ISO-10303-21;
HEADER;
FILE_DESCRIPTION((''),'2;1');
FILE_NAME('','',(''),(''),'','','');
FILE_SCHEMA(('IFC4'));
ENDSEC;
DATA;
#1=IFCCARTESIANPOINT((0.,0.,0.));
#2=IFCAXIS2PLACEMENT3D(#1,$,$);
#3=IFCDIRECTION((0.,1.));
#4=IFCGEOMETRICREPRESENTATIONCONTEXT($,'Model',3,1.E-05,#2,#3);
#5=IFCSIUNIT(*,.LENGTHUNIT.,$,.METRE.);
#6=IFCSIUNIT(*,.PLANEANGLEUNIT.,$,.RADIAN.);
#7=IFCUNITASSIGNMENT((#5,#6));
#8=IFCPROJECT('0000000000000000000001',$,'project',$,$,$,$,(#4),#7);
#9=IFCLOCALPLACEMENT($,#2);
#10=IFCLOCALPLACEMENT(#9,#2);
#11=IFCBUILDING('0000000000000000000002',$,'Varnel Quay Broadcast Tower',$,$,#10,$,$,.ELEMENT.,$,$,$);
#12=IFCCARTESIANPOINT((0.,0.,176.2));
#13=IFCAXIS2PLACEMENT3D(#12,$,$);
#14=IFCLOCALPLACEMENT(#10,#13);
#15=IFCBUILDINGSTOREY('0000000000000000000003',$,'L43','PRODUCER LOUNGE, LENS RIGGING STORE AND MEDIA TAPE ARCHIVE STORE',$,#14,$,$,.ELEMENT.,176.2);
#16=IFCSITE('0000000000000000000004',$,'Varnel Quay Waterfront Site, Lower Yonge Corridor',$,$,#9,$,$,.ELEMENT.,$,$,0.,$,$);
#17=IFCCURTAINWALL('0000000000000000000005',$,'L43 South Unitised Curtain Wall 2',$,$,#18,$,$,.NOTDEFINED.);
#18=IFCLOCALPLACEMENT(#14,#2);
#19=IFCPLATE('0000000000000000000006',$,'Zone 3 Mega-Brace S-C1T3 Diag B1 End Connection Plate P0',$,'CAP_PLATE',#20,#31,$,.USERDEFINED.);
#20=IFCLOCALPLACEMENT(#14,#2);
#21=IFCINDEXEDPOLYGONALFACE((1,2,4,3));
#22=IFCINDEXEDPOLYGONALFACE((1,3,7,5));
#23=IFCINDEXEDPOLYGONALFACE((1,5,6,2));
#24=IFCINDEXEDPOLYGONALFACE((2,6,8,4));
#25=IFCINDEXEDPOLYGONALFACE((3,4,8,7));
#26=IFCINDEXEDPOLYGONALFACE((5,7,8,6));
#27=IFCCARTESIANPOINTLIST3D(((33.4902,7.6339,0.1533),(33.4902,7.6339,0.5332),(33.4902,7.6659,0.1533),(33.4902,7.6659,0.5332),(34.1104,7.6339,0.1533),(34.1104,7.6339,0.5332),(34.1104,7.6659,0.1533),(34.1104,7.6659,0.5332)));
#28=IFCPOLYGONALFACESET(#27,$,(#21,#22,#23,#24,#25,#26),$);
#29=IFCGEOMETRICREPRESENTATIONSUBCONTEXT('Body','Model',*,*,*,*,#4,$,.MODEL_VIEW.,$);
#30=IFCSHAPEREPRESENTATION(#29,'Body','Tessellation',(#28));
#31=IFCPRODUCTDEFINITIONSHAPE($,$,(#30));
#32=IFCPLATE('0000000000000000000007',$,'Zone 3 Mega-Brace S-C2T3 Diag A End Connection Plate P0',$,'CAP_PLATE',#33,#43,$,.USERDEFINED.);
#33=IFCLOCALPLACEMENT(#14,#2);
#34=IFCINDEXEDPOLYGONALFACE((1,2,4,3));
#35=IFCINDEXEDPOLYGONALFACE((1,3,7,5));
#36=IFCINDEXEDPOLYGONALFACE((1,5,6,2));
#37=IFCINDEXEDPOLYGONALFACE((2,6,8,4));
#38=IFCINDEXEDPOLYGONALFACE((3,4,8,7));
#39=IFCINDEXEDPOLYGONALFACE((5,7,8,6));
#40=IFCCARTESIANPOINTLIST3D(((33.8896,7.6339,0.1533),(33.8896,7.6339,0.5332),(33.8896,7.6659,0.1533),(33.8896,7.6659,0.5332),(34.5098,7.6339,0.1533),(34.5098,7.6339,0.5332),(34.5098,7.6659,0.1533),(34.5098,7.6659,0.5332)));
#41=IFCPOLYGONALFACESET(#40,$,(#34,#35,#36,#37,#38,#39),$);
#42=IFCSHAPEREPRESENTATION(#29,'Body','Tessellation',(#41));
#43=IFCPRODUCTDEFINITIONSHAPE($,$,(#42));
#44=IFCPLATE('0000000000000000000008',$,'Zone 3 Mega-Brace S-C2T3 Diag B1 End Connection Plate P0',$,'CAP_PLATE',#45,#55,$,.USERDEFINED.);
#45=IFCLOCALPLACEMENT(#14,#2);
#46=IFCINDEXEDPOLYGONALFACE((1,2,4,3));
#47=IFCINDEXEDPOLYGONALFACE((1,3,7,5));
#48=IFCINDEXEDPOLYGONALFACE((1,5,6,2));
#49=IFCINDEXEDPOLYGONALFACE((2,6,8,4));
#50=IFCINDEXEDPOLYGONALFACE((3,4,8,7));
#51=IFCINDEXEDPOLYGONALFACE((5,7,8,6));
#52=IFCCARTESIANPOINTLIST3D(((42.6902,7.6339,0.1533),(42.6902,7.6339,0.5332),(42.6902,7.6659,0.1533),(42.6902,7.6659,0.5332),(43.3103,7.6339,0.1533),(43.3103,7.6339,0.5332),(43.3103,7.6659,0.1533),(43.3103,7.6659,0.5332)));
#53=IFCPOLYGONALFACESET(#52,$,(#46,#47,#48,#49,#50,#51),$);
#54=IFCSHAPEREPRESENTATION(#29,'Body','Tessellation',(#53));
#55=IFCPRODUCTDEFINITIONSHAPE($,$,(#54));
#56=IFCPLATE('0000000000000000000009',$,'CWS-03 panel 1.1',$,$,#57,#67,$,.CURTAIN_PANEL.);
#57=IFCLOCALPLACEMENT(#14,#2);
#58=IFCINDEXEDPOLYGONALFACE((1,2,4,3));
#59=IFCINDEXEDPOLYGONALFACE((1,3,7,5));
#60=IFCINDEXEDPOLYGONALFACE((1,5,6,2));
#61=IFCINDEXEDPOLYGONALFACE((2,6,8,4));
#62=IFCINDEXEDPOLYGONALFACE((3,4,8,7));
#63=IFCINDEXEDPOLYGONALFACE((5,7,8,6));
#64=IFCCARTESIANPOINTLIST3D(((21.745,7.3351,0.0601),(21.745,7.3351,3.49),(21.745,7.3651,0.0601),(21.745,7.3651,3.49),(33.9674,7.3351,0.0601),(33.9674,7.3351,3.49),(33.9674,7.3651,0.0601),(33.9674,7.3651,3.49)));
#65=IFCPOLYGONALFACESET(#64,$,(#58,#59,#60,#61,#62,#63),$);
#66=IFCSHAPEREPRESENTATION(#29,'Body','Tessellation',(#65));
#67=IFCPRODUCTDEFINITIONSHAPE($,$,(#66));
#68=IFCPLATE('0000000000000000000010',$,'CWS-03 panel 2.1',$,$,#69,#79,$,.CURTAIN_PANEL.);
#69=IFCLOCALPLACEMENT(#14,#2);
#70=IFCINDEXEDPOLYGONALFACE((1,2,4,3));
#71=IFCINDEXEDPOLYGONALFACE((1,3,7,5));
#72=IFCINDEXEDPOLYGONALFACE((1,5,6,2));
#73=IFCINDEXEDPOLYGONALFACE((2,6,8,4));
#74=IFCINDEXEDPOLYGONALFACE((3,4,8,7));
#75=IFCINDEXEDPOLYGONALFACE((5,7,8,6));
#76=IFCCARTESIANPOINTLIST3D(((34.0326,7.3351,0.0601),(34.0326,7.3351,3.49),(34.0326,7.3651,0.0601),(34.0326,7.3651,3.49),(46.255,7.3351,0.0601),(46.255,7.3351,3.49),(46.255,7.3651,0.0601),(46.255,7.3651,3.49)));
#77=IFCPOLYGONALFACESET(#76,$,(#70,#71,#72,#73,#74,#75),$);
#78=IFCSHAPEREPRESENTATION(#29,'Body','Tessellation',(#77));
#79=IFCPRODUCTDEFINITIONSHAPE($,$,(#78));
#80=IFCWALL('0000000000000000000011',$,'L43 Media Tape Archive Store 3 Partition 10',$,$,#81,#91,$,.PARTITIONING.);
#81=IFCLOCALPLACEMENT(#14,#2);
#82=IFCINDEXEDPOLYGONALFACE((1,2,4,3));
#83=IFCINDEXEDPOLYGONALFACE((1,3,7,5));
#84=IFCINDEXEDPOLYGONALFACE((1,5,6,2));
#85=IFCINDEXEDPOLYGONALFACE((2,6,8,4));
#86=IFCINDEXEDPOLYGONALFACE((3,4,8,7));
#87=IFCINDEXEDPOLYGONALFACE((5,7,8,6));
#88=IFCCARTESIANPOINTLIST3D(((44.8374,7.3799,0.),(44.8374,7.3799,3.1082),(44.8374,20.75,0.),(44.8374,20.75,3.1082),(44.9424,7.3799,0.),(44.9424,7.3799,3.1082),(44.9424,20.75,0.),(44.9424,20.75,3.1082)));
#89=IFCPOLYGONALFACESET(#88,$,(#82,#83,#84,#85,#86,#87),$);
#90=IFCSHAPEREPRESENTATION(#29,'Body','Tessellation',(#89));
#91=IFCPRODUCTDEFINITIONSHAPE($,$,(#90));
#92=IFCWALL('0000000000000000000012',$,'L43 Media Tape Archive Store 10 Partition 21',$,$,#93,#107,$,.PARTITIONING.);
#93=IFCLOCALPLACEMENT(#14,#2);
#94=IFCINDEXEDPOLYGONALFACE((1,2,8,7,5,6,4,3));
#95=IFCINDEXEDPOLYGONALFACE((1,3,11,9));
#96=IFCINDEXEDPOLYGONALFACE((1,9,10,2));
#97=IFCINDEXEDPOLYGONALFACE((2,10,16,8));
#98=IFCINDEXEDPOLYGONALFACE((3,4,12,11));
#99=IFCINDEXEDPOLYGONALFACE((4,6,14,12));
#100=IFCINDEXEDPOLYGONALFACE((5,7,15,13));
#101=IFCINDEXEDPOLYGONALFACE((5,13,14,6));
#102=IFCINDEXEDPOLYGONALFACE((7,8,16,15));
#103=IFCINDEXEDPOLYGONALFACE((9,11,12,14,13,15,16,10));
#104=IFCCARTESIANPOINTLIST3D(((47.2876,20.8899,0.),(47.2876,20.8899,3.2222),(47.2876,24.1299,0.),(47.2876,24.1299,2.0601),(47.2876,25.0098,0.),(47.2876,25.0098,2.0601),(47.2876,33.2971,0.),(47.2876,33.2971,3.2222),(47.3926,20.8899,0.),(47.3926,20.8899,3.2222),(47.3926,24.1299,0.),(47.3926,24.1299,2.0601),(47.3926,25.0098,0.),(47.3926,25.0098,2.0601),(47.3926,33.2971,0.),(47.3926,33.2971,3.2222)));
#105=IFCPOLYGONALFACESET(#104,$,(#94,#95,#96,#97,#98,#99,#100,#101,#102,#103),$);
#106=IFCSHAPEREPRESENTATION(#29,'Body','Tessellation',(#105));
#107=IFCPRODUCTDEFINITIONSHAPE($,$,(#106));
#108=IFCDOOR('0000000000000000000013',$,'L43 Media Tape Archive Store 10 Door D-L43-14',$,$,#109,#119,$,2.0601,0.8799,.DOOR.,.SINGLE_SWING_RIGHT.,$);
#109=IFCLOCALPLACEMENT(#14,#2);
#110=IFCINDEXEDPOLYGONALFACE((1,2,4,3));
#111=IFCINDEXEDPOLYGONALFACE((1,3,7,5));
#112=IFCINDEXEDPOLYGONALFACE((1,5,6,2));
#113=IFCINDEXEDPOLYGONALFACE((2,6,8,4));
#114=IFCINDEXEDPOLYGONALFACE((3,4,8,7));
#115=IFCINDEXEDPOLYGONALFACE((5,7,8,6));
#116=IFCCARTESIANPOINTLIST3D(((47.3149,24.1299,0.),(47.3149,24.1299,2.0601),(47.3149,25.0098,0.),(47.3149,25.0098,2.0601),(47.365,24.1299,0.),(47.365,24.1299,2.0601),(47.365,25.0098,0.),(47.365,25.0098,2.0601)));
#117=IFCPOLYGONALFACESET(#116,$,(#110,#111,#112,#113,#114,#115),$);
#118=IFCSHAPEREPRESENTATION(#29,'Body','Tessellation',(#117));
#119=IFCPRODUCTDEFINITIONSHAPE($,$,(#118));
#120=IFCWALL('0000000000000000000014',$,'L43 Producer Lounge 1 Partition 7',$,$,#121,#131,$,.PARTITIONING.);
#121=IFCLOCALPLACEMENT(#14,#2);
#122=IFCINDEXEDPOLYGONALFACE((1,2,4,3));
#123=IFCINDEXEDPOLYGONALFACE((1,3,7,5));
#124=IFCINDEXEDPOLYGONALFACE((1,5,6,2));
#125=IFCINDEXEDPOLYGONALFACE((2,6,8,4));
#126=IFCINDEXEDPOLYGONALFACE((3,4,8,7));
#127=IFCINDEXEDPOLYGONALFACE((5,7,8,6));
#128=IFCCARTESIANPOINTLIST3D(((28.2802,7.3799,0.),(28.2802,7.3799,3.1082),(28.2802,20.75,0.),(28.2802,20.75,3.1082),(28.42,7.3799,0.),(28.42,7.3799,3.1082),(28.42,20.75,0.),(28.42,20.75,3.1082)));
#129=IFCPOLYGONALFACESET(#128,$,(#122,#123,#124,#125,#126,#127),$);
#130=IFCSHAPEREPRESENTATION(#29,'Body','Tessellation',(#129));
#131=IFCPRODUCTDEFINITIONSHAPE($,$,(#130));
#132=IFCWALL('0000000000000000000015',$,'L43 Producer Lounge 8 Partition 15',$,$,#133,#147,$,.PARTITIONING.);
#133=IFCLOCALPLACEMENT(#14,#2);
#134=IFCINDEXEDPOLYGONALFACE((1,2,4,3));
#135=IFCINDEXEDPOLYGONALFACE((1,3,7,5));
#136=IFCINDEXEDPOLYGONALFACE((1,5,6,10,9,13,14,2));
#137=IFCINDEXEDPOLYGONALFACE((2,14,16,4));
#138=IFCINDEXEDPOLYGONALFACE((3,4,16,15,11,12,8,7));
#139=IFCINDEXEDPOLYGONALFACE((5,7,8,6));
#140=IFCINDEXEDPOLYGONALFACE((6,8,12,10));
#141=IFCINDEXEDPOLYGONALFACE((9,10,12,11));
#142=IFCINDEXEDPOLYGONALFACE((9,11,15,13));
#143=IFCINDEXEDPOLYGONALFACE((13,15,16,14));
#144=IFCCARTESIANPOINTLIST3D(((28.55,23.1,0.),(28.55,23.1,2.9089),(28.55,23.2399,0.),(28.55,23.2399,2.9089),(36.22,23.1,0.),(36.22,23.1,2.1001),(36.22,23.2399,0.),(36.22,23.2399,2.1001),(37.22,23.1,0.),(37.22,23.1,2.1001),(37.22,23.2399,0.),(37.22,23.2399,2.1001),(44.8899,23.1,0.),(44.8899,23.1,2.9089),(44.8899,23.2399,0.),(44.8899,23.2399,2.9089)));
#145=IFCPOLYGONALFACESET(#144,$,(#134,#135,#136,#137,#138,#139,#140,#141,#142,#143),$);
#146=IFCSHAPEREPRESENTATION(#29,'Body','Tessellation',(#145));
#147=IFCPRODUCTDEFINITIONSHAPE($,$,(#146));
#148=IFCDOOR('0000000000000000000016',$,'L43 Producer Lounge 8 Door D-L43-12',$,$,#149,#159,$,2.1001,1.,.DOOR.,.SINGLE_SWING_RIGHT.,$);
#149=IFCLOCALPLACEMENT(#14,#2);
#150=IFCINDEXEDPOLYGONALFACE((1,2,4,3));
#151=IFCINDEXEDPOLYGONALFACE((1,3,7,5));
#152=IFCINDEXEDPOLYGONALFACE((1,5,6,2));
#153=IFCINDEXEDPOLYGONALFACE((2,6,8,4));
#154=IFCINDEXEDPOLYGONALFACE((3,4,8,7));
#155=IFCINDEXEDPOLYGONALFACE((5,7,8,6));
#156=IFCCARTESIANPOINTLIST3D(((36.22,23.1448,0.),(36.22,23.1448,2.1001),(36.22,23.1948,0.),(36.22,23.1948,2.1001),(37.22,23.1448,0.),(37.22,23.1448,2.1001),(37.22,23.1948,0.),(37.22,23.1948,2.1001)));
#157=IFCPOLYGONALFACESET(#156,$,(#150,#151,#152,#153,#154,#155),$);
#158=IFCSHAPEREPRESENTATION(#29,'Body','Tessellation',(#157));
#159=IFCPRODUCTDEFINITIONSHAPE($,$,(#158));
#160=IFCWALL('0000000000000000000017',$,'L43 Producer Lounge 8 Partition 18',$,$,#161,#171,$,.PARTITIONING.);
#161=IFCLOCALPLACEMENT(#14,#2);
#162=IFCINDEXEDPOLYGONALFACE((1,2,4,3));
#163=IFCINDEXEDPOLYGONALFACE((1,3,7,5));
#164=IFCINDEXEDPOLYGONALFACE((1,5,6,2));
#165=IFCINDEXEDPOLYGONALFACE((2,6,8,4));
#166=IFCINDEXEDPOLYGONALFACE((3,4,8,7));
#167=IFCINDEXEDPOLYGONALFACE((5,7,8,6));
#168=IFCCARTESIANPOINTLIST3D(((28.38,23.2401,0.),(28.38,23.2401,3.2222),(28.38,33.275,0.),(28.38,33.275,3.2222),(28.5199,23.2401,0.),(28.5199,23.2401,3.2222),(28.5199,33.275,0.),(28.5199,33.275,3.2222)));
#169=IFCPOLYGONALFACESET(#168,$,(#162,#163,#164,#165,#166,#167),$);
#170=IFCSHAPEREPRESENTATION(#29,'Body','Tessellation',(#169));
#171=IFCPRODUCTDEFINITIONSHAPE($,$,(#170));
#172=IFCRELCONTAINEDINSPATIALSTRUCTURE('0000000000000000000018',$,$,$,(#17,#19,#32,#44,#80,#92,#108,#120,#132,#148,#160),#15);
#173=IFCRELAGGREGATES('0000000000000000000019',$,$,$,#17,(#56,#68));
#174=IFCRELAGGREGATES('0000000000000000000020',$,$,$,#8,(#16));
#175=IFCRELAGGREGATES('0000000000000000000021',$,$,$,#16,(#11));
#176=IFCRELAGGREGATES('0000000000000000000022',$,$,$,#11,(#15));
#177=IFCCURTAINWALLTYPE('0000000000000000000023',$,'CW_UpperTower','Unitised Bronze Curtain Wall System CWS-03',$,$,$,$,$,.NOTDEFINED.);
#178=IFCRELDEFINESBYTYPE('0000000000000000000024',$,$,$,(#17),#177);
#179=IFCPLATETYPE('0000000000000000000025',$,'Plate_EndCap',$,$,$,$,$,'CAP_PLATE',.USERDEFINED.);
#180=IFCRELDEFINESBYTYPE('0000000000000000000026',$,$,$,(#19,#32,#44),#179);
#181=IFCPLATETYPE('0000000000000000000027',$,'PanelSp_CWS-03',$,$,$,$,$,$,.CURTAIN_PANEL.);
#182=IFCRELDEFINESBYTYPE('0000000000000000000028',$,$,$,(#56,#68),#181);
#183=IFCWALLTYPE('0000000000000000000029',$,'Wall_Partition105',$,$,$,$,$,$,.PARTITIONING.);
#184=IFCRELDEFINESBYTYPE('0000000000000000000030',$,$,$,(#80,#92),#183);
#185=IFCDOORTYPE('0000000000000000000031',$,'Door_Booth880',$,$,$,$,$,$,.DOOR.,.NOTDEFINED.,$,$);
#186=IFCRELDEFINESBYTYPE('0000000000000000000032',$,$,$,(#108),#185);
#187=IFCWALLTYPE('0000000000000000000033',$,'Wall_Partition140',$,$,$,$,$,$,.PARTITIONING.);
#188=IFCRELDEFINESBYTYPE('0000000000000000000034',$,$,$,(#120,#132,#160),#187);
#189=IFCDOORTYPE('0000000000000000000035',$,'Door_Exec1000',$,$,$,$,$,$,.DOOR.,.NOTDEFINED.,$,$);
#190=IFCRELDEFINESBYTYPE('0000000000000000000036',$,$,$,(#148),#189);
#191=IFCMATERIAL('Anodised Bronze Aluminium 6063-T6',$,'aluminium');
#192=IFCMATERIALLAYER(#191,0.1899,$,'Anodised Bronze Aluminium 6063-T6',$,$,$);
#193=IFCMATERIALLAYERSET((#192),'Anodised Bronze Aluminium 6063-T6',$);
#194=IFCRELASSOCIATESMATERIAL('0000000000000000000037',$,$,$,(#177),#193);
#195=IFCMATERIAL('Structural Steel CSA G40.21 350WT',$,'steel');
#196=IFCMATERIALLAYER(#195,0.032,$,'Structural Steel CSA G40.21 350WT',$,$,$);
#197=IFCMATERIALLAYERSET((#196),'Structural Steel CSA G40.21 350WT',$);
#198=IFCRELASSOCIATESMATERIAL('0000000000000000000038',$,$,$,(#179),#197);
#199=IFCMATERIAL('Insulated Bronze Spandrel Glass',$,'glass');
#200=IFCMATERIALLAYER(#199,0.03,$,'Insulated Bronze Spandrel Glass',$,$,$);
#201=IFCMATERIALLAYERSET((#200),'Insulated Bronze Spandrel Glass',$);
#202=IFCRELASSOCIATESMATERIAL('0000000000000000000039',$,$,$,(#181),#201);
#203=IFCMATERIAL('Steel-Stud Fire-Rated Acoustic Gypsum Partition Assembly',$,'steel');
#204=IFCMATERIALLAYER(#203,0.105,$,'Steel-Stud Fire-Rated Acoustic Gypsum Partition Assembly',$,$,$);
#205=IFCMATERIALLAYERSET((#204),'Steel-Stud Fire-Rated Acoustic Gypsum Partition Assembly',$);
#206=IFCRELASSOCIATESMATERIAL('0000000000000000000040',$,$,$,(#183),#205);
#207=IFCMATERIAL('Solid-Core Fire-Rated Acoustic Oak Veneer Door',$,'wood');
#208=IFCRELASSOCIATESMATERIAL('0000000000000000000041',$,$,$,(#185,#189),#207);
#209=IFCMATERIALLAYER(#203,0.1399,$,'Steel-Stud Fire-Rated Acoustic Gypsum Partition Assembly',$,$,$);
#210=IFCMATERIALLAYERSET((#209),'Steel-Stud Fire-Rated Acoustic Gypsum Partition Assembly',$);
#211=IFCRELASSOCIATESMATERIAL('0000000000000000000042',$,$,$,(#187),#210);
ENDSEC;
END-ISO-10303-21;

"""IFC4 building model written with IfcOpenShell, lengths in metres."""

from ifc_helpers import new_model, si_unit, direction, frame, frame_2d, origin, origin_2d, place, context, subcontext, project, spatial, rectangle, extrude, source, transform, mapped, material, layer, layer_set, type_object, type_shapes, element, fill, aggregate, save


model = new_model("IFC4")

# Units and contexts
model_context = context("Model", 3, precision=1e-05, world=origin(), true_north=direction((0.0, 1.0)))
body_context = subcontext(model_context, "Body", "Model", "MODEL_VIEW")
ifc_project = project(units=[si_unit("LENGTHUNIT", "METRE"), si_unit("PLANEANGLEUNIT", "RADIAN")], contexts=[model_context])

# Site, building, storey
site_placement = place(None, origin())
site = spatial("IfcSite", under=ifc_project, at=site_placement, Name="Varnel Quay Waterfront Site, Lower Yonge Corridor", CompositionType="ELEMENT", RefElevation=0.0)
building_placement = place(site_placement, origin())
building = spatial("IfcBuilding", under=site, at=building_placement, Name="Varnel Quay Broadcast Tower", CompositionType="ELEMENT")
storey_placement = place(building_placement, frame((0.0, 0.0, 176.2)))
storey = spatial("IfcBuildingStorey", under=building, at=storey_placement, Name="L43", Description="PRODUCER LOUNGE, LENS RIGGING STORE AND MEDIA TAPE ARCHIVE STORE", CompositionType="ELEMENT", Elevation=176.2)

# Shared definitions
ifc_material_1 = material(Name="Structural Steel CSA G40.21 350WT", Category="steel")

# Curtain wall
ifc_material_2 = material(Name="Anodised Bronze Aluminium 6063-T6", Category="aluminium")
ifc_layer_1 = layer(ifc_material_2, 0.1899, Name="Anodised Bronze Aluminium 6063-T6")
ifc_layer_set_1 = layer_set([ifc_layer_1], Name="Anodised Bronze Aluminium 6063-T6")
curtain_wall_type = type_object("IfcCurtainWallType", Name="CW_UpperTower", Description="Unitised Bronze Curtain Wall System CWS-03", PredefinedType="NOTDEFINED", material=ifc_layer_set_1)
curtain_wall_placement = place(storey_placement, origin())
curtain_wall = element("IfcCurtainWall", 1, at=curtain_wall_placement, inside=storey, type_object=curtain_wall_type, Name="L43 South Unitised Curtain Wall 2", PredefinedType="NOTDEFINED")

# Plates
ifc_layer_2 = layer(ifc_material_1, 0.032, Name="Structural Steel CSA G40.21 350WT")
ifc_layer_set_2 = layer_set([ifc_layer_2], Name="Structural Steel CSA G40.21 350WT")
plate_type_1 = type_object("IfcPlateType", Name="Plate_EndCap", ElementType="CAP_PLATE", PredefinedType="USERDEFINED", material=ifc_layer_set_2)
shared_shape_1 = source(origin(), body_context, "Body", "SweptSolid", [
    extrude(rectangle(XDim=0.6201, YDim=0.032, at=origin_2d()), origin(), (0.0, 0.0, 1.0), 0.3799),
])
type_shapes(plate_type_1, [shared_shape_1])
for number, where, z_axis, x_axis, name in (
    (2, (33.8003, 7.6499, 0.1533), (0.0, 0.0, 1.0), (1.0, 0.0, 0.0), "Zone 3 Mega-Brace S-C1T3 Diag B1 End Connection Plate P0"),
    (3, (34.1997, 7.6499, 0.1533), (0.0, 0.0, 1.0), (1.0, 0.0, 0.0), "Zone 3 Mega-Brace S-C2T3 Diag A End Connection Plate P0"),
    (4, (43.0002, 7.6499, 0.1533), (0.0, 0.0, 1.0), (1.0, 0.0, 0.0), "Zone 3 Mega-Brace S-C2T3 Diag B1 End Connection Plate P0"),
):
    element("IfcPlate", number, at=place(storey_placement, frame(where, z_axis=z_axis, x_axis=x_axis)), inside=storey, type_object=plate_type_1, Name=name, ObjectType="CAP_PLATE", PredefinedType="USERDEFINED", context=body_context, shape_type="MappedRepresentation", body=[
        mapped(shared_shape_1, transform((0.0, 0.0, 0.0), x_axis=(1.0, 0.0, 0.0), y_axis=(0.0, 1.0, 0.0), z_axis=(0.0, 0.0, 1.0), scale=1.0)),
    ])

# Plates
ifc_material_3 = material(Name="Insulated Bronze Spandrel Glass", Category="glass")
ifc_layer_3 = layer(ifc_material_3, 0.03, Name="Insulated Bronze Spandrel Glass")
ifc_layer_set_3 = layer_set([ifc_layer_3], Name="Insulated Bronze Spandrel Glass")
plate_type_2 = type_object("IfcPlateType", Name="PanelSp_CWS-03", PredefinedType="CURTAIN_PANEL", material=ifc_layer_set_3)
shared_shape_2 = source(origin(), body_context, "Body", "SweptSolid", [
    extrude(rectangle(XDim=12.2224, YDim=0.03, at=origin_2d()), origin(), (0.0, 0.0, 1.0), 3.4299),
])
type_shapes(plate_type_2, [shared_shape_2])
plate_1_placement = place(storey_placement, frame((27.8562, 7.3501, 0.0601), z_axis=(0.0, 0.0, 1.0), x_axis=(1.0, 0.0, 0.0)))
plate_1 = element("IfcPlate", 5, at=plate_1_placement, type_object=plate_type_2, Name="CWS-03 panel 1.1", PredefinedType="CURTAIN_PANEL", context=body_context, shape_type="MappedRepresentation", body=[
    mapped(shared_shape_2, transform((0.0, 0.0, 0.0), x_axis=(1.0, 0.0, 0.0), y_axis=(0.0, 1.0, 0.0), z_axis=(0.0, 0.0, 1.0), scale=1.0)),
])
plate_2_placement = place(storey_placement, frame((40.1438, 7.3501, 0.0601), z_axis=(0.0, 0.0, 1.0), x_axis=(1.0, 0.0, 0.0)))
plate_2 = element("IfcPlate", 6, at=plate_2_placement, type_object=plate_type_2, Name="CWS-03 panel 2.1", PredefinedType="CURTAIN_PANEL", context=body_context, shape_type="MappedRepresentation", body=[
    mapped(shared_shape_2, transform((0.0, 0.0, 0.0), x_axis=(1.0, 0.0, 0.0), y_axis=(0.0, 1.0, 0.0), z_axis=(0.0, 0.0, 1.0), scale=1.0)),
])
aggregate(curtain_wall, [plate_1, plate_2])

# Wall
ifc_material_4 = material(Name="Steel-Stud Fire-Rated Acoustic Gypsum Partition Assembly", Category="steel")
ifc_layer_4 = layer(ifc_material_4, 0.105, Name="Steel-Stud Fire-Rated Acoustic Gypsum Partition Assembly")
ifc_layer_set_4 = layer_set([ifc_layer_4], Name="Steel-Stud Fire-Rated Acoustic Gypsum Partition Assembly")
wall_type_1 = type_object("IfcWallType", Name="Wall_Partition105", PredefinedType="PARTITIONING", material=ifc_layer_set_4)
wall_1_placement = place(storey_placement, frame((44.8899, 7.3799, 0.0), z_axis=(0.0, 0.0, 1.0), x_axis=(0.0, 1.0, 0.0)))
element("IfcWall", 7, at=wall_1_placement, inside=storey, type_object=wall_type_1, Name="L43 Media Tape Archive Store 3 Partition 10", PredefinedType="PARTITIONING", context=body_context, shape_type="SweptSolid", body=[
    extrude(rectangle(XDim=13.3701, YDim=0.105, at=frame_2d((6.6851, 0.0))), origin(), (0.0, 0.0, 1.0), 3.1082),
])

# Wall, opening, door
wall_2_placement = place(storey_placement, frame((47.3401, 20.8899, 0.0), z_axis=(0.0, 0.0, 1.0), x_axis=(0.0, 1.0, 0.0)))
wall_2 = element("IfcWall", 8, at=wall_2_placement, inside=storey, type_object=wall_type_1, Name="L43 Media Tape Archive Store 10 Partition 21", PredefinedType="PARTITIONING", context=body_context, shape_type="SweptSolid", body=[
    extrude(rectangle(XDim=12.4072, YDim=0.105, at=frame_2d((6.2036, 0.0))), origin(), (0.0, 0.0, 1.0), 3.2222),
])
opening_1_placement = place(wall_2_placement, frame((3.24, 0.0, 0.0)))
opening_1 = element("IfcOpeningElement", 9, at=opening_1_placement, cuts=wall_2, PredefinedType="OPENING", context=body_context, shape_type="SweptSolid", body=[
    extrude(rectangle(XDim=0.8799, YDim=2.0601, at=frame_2d((0.4399, 1.03))), frame((0.0, 0.0625, 0.0), z_axis=(0.0, -1.0, 0.0), x_axis=(1.0, 0.0, 0.0)), (0.0, 0.0, 1.0), 0.125),
])
ifc_material_5 = material(Name="Solid-Core Fire-Rated Acoustic Oak Veneer Door", Category="wood")
door_type_1 = type_object("IfcDoorType", Name="Door_Booth880", OperationType="NOTDEFINED", PredefinedType="DOOR", material=ifc_material_5)
shared_shape_3 = source(origin(), body_context, "Body", "SweptSolid", [
    extrude(rectangle(XDim=0.8799, YDim=2.0601, at=frame_2d((0.4399, 1.03))), frame((0.0, 0.0249, 0.0), z_axis=(0.0, -1.0, 0.0), x_axis=(1.0, 0.0, 0.0)), (0.0, 0.0, 1.0), 0.05),
])
type_shapes(door_type_1, [shared_shape_3])
door_1_placement = place(opening_1_placement, frame((0.8799, 0.0, 0.0), z_axis=(0.0, 0.0, 1.0), x_axis=(-1.0, 0.0, 0.0)))
door_1 = element("IfcDoor", 10, at=door_1_placement, inside=storey, type_object=door_type_1, Name="L43 Media Tape Archive Store 10 Door D-L43-14", OperationType="SINGLE_SWING_RIGHT", OverallHeight=2.0601, OverallWidth=0.8799, PredefinedType="DOOR", context=body_context, shape_type="MappedRepresentation", body=[
    mapped(shared_shape_3, transform((0.0, 0.0, 0.0), x_axis=(1.0, 0.0, 0.0), y_axis=(0.0, 1.0, 0.0), z_axis=(0.0, 0.0, 1.0), scale=1.0)),
])
fill(opening_1, door_1)

# Wall
ifc_layer_5 = layer(ifc_material_4, 0.1399, Name="Steel-Stud Fire-Rated Acoustic Gypsum Partition Assembly")
ifc_layer_set_5 = layer_set([ifc_layer_5], Name="Steel-Stud Fire-Rated Acoustic Gypsum Partition Assembly")
wall_type_2 = type_object("IfcWallType", Name="Wall_Partition140", PredefinedType="PARTITIONING", material=ifc_layer_set_5)
wall_3_placement = place(storey_placement, frame((28.3501, 7.3799, 0.0), z_axis=(0.0, 0.0, 1.0), x_axis=(0.0, 1.0, 0.0)))
element("IfcWall", 11, at=wall_3_placement, inside=storey, type_object=wall_type_2, Name="L43 Producer Lounge 1 Partition 7", PredefinedType="PARTITIONING", context=body_context, shape_type="SweptSolid", body=[
    extrude(rectangle(XDim=13.3701, YDim=0.1399, at=frame_2d((6.6851, 0.0))), origin(), (0.0, 0.0, 1.0), 3.1082),
])

# Wall, opening, door
wall_4_placement = place(storey_placement, frame((28.55, 23.1699, 0.0), z_axis=(0.0, 0.0, 1.0), x_axis=(1.0, 0.0, 0.0)))
wall_4 = element("IfcWall", 12, at=wall_4_placement, inside=storey, type_object=wall_type_2, Name="L43 Producer Lounge 8 Partition 15", PredefinedType="PARTITIONING", context=body_context, shape_type="SweptSolid", body=[
    extrude(rectangle(XDim=16.3398, YDim=0.1399, at=frame_2d((8.1699, 0.0))), origin(), (0.0, 0.0, 1.0), 2.9089),
])
opening_2_placement = place(wall_4_placement, frame((7.6699, 0.0, 0.0)))
opening_2 = element("IfcOpeningElement", 13, at=opening_2_placement, cuts=wall_4, PredefinedType="OPENING", context=body_context, shape_type="SweptSolid", body=[
    extrude(rectangle(XDim=1.0, YDim=2.1001, at=frame_2d((0.5, 1.05))), frame((0.0, 0.0801, 0.0), z_axis=(0.0, -1.0, 0.0), x_axis=(1.0, 0.0, 0.0)), (0.0, 0.0, 1.0), 0.1599),
])
door_type_2 = type_object("IfcDoorType", Name="Door_Exec1000", OperationType="NOTDEFINED", PredefinedType="DOOR", material=ifc_material_5)
shared_shape_4 = source(origin(), body_context, "Body", "SweptSolid", [
    extrude(rectangle(XDim=1.0, YDim=2.1001, at=frame_2d((0.5, 1.05))), frame((0.0, 0.0249, 0.0), z_axis=(0.0, -1.0, 0.0), x_axis=(1.0, 0.0, 0.0)), (0.0, 0.0, 1.0), 0.05),
])
type_shapes(door_type_2, [shared_shape_4])
door_2_placement = place(opening_2_placement, origin())
door_2 = element("IfcDoor", 14, at=door_2_placement, inside=storey, type_object=door_type_2, Name="L43 Producer Lounge 8 Door D-L43-12", OperationType="SINGLE_SWING_RIGHT", OverallHeight=2.1001, OverallWidth=1.0, PredefinedType="DOOR", context=body_context, shape_type="MappedRepresentation", body=[
    mapped(shared_shape_4, transform((0.0, 0.0, 0.0), x_axis=(1.0, 0.0, 0.0), y_axis=(0.0, 1.0, 0.0), z_axis=(0.0, 0.0, 1.0), scale=1.0)),
])
fill(opening_2, door_2)

# Wall
wall_5_placement = place(storey_placement, frame((28.45, 23.24, 0.0), z_axis=(0.0, 0.0, 1.0), x_axis=(0.0, 1.0, 0.0)))
element("IfcWall", 15, at=wall_5_placement, inside=storey, type_object=wall_type_2, Name="L43 Producer Lounge 8 Partition 18", PredefinedType="PARTITIONING", context=body_context, shape_type="SweptSolid", body=[
    extrude(rectangle(XDim=10.0349, YDim=0.1399, at=frame_2d((5.0176, 0.0))), origin(), (0.0, 0.0, 1.0), 3.2222),
])

save(model, "model.ifc")
